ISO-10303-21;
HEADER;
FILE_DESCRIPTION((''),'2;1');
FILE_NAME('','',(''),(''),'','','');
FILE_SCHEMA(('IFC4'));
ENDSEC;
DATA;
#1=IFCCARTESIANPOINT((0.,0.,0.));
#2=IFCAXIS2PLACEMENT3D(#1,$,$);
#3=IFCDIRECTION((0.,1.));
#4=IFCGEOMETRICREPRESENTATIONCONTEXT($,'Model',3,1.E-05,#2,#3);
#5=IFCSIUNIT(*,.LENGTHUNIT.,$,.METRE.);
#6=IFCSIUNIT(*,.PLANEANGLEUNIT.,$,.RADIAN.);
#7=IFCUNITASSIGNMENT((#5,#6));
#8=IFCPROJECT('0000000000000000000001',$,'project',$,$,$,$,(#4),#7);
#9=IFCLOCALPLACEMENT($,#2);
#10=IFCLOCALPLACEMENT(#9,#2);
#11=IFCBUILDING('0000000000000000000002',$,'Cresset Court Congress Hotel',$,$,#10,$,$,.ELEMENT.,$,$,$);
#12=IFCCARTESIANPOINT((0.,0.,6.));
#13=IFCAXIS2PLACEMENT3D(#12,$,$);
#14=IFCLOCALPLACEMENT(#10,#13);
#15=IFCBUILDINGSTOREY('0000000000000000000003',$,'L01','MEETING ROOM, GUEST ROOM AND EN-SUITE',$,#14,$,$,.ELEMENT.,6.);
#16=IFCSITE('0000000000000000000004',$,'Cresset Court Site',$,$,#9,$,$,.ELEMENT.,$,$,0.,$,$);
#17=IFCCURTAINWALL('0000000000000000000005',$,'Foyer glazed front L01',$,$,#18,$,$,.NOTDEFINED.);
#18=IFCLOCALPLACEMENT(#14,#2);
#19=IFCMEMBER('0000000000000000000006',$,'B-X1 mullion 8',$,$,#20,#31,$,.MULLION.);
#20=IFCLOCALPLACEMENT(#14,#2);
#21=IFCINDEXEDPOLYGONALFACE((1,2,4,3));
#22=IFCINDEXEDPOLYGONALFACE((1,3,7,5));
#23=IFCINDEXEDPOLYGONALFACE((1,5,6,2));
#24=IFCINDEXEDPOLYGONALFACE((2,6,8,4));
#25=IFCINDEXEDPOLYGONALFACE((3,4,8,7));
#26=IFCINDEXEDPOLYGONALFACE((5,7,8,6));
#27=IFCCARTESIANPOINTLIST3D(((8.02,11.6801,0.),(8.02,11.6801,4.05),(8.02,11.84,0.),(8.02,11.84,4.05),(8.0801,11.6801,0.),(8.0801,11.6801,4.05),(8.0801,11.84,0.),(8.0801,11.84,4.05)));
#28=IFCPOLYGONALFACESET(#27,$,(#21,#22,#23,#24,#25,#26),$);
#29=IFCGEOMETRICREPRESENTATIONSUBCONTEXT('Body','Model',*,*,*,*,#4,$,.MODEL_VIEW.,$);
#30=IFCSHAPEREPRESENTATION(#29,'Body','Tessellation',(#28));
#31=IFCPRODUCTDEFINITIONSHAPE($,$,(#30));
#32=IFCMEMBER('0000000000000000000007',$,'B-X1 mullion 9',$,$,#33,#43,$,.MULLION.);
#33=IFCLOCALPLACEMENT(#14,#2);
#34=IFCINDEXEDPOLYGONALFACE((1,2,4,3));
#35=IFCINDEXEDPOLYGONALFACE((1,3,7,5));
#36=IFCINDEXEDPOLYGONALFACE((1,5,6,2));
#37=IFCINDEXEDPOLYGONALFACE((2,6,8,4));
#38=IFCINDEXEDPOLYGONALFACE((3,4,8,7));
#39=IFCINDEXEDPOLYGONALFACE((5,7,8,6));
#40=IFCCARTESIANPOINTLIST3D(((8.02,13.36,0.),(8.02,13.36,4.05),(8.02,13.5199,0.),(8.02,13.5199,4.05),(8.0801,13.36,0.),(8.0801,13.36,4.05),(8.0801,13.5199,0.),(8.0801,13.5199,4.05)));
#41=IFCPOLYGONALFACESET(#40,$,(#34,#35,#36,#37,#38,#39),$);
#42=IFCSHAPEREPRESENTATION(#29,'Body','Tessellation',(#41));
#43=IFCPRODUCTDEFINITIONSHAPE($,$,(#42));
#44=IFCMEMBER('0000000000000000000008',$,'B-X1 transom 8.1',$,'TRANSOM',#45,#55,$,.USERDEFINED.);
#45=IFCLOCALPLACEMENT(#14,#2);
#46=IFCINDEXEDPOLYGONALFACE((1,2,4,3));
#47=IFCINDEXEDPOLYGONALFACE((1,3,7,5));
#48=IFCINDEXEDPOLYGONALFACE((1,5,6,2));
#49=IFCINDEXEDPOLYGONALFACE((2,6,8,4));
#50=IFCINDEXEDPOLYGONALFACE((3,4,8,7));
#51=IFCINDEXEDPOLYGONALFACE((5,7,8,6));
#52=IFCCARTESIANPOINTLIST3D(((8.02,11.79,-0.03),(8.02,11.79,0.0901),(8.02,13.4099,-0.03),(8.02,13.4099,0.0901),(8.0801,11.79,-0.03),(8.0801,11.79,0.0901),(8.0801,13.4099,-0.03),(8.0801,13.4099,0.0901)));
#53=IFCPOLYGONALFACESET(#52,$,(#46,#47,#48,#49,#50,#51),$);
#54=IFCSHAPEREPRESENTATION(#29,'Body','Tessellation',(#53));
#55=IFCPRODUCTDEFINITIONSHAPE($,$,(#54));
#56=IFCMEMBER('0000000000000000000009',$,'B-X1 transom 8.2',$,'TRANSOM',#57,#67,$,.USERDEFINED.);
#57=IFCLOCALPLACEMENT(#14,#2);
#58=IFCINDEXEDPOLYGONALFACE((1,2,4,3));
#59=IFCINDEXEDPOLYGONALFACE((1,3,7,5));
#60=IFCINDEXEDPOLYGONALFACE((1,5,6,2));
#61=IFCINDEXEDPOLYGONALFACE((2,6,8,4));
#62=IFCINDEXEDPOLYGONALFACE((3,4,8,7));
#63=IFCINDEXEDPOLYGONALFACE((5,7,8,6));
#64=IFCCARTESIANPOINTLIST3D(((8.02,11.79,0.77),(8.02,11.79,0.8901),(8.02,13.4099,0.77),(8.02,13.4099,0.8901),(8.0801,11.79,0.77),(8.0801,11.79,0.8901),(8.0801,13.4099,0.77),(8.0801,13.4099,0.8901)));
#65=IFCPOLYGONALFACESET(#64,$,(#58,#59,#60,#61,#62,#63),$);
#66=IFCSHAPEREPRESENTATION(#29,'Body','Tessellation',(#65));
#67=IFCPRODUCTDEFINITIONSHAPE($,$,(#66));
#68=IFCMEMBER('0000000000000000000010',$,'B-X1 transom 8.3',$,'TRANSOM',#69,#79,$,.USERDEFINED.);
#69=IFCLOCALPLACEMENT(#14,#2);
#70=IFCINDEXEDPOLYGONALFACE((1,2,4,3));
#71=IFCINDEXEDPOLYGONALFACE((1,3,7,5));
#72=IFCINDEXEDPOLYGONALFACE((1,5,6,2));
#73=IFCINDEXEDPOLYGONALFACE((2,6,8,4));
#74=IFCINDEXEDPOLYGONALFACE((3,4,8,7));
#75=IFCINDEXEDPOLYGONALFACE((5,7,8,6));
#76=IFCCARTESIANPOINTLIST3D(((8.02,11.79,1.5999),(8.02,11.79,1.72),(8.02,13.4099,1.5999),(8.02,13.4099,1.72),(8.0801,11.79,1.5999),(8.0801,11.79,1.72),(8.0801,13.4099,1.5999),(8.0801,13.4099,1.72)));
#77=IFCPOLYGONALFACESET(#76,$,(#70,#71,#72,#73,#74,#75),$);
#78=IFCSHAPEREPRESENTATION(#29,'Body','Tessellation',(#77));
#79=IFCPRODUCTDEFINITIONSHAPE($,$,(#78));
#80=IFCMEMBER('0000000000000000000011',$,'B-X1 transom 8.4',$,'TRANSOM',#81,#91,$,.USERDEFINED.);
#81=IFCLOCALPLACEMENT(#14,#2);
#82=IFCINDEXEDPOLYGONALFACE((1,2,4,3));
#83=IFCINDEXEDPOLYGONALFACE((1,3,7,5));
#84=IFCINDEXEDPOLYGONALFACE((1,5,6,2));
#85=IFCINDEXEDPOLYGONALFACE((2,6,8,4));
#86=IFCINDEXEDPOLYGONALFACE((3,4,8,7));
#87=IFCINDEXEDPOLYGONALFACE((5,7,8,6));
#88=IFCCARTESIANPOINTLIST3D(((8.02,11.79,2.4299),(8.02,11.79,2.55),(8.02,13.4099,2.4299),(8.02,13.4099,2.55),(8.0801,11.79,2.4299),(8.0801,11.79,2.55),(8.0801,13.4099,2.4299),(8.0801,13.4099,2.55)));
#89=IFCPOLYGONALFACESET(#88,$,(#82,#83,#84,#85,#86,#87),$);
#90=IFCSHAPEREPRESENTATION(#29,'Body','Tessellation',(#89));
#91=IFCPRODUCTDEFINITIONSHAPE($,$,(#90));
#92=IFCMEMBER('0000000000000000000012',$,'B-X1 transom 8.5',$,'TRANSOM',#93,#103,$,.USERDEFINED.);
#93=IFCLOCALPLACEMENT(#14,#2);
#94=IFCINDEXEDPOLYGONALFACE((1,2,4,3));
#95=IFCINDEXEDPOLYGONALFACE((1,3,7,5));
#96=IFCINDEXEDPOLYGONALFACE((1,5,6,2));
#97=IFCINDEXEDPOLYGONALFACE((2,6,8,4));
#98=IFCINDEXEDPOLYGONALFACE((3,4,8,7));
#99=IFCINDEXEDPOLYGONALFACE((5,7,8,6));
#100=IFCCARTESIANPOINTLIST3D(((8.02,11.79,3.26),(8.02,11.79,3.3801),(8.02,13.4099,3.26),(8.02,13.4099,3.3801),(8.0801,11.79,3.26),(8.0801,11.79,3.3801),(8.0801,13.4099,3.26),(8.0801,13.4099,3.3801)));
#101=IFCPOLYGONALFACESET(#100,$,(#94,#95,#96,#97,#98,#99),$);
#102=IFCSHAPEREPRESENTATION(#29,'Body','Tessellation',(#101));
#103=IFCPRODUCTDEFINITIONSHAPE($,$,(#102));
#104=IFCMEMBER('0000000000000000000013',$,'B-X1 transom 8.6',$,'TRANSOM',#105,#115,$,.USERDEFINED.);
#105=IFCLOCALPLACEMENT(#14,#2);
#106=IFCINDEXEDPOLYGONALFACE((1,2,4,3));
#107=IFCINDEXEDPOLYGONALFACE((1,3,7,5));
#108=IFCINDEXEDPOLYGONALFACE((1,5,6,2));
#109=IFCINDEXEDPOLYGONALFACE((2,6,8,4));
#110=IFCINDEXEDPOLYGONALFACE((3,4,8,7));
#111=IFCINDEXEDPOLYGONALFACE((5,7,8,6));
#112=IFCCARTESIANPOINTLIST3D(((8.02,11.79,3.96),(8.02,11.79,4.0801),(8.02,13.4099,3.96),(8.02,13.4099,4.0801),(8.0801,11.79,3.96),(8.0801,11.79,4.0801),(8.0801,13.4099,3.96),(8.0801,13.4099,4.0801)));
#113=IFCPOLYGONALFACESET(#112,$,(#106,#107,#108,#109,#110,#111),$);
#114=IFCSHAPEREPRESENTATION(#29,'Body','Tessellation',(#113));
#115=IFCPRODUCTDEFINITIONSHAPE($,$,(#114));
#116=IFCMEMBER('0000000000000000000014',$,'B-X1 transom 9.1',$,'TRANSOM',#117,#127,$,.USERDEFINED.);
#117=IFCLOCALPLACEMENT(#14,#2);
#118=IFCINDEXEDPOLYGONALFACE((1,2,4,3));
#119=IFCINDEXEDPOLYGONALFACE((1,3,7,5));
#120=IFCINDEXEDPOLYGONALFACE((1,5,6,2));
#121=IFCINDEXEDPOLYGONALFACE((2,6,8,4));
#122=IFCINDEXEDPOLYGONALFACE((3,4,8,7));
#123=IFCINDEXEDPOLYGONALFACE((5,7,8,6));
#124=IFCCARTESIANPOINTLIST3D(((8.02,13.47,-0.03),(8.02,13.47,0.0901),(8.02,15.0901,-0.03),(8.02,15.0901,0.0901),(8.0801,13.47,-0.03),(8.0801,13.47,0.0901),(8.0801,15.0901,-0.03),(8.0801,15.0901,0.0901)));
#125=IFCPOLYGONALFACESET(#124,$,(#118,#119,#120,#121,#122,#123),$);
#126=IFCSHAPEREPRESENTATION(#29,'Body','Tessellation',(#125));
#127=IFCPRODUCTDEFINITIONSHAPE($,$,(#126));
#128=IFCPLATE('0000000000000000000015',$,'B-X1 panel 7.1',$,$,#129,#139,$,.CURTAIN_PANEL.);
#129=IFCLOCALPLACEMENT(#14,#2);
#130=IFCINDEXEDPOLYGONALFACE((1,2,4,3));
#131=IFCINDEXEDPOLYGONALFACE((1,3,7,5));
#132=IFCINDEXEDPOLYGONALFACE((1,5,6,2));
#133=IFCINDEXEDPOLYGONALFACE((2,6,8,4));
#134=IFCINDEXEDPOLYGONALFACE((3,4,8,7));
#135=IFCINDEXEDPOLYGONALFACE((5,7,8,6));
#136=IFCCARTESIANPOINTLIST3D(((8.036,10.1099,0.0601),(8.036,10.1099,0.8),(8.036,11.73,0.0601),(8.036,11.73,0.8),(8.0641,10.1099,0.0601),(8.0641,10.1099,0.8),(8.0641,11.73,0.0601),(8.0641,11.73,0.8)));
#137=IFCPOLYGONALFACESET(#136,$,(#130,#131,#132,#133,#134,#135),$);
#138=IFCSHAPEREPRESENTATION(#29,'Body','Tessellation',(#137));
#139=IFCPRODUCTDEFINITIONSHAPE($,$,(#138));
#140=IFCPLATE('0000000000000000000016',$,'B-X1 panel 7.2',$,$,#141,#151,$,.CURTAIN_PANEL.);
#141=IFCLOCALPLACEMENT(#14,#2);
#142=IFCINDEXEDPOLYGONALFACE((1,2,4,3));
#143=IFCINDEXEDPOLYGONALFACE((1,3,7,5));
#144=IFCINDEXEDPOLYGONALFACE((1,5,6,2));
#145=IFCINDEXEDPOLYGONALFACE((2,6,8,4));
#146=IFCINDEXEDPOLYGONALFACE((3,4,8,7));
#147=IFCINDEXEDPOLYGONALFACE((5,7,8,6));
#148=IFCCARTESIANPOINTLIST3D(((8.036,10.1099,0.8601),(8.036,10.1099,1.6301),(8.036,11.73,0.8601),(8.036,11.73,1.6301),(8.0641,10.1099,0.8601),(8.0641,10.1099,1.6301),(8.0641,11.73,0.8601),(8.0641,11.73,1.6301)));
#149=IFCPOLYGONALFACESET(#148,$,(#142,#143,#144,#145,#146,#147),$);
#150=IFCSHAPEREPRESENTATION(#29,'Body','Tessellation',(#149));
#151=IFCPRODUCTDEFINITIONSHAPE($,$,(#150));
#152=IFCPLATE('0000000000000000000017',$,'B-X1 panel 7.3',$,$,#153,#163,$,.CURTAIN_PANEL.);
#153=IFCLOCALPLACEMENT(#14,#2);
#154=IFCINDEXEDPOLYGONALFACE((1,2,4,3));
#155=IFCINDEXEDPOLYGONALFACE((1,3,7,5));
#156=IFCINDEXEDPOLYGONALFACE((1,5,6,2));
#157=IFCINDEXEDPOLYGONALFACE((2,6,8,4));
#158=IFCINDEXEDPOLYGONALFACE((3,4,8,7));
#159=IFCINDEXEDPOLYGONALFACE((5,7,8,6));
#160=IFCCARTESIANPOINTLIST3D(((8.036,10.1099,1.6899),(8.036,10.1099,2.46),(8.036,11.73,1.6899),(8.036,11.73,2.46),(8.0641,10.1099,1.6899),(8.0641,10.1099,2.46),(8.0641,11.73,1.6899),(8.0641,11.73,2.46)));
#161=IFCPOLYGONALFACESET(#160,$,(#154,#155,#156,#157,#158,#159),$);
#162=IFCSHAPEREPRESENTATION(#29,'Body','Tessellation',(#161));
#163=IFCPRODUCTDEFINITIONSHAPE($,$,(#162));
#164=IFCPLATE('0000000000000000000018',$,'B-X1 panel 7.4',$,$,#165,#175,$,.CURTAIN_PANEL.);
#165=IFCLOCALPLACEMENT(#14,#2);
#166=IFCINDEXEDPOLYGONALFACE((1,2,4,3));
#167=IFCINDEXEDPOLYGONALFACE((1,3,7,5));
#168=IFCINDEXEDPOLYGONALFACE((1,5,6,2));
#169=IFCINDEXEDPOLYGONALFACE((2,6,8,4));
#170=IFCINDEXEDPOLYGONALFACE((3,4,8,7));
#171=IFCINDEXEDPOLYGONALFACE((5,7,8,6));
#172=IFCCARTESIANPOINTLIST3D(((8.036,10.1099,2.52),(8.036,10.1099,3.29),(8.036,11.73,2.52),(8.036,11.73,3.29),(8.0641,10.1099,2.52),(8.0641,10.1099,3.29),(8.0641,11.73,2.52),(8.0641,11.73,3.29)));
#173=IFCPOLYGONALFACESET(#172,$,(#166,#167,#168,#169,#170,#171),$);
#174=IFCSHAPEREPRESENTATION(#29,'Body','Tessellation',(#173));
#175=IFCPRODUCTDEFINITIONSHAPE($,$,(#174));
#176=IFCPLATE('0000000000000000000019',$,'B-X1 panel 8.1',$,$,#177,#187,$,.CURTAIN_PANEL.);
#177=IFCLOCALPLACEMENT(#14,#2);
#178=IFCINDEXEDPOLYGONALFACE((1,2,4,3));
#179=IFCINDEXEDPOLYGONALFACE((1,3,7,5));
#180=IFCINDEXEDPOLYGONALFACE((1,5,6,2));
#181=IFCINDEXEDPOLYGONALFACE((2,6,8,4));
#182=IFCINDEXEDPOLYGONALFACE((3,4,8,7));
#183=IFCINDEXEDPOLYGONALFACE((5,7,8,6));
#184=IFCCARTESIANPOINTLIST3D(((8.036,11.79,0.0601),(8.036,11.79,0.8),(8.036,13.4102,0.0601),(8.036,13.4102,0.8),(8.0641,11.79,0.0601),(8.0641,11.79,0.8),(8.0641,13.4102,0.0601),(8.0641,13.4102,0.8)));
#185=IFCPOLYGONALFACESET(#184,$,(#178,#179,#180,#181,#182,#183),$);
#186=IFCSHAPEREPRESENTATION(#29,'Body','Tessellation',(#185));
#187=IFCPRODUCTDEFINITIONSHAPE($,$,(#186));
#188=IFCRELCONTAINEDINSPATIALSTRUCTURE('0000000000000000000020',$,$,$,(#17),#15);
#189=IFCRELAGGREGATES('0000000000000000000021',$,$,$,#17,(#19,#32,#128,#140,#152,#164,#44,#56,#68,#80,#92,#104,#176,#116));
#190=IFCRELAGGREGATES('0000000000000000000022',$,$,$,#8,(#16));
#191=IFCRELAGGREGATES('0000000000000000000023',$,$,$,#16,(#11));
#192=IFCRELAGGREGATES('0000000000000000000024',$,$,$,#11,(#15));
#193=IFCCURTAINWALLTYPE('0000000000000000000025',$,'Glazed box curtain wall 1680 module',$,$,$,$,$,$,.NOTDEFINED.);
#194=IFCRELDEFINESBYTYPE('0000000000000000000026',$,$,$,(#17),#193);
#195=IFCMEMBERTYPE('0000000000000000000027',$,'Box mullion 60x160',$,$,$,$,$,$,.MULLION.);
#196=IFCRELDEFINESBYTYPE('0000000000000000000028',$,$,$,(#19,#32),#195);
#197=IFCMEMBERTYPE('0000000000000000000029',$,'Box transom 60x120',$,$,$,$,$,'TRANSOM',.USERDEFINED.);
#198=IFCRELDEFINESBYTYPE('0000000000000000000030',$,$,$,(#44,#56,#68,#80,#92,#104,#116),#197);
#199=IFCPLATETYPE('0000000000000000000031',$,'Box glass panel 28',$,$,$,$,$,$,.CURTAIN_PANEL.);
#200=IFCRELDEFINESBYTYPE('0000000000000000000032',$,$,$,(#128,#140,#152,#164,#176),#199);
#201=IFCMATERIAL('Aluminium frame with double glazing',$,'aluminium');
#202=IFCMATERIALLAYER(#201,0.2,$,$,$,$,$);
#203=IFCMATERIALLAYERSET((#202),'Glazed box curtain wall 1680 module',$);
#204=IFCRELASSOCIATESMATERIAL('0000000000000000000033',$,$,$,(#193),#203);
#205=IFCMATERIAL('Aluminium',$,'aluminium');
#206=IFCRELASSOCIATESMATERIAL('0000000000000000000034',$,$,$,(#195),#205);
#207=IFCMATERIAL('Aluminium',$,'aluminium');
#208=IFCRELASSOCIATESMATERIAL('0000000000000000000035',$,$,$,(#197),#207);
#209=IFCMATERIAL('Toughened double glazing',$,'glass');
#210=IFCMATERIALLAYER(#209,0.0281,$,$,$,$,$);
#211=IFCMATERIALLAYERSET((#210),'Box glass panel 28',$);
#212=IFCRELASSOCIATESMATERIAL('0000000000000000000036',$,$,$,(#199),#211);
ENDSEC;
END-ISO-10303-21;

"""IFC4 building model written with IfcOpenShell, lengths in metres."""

from ifc_helpers import new_model, si_unit, direction, frame, origin, origin_2d, place, context, subcontext, project, spatial, rectangle, extrude, material, layer, layer_set, material_profile, profile_set, type_object, element, aggregate, save


model = new_model("IFC4")

# Units and contexts
model_context = context("Model", 3, precision=1e-05, world=origin(), true_north=direction((0.0, 1.0)))
body_context = subcontext(model_context, "Body", "Model", "MODEL_VIEW")
ifc_project = project(units=[si_unit("LENGTHUNIT", "METRE"), si_unit("PLANEANGLEUNIT", "RADIAN")], contexts=[model_context])

# Site, building, storey
site_placement = place(None, origin())
site = spatial("IfcSite", under=ifc_project, at=site_placement, Name="Cresset Court Site", CompositionType="ELEMENT", RefElevation=0.0)
building_placement = place(site_placement, origin())
building = spatial("IfcBuilding", under=site, at=building_placement, Name="Cresset Court Congress Hotel", CompositionType="ELEMENT")
storey_placement = place(building_placement, frame((0.0, 0.0, 6.0)))
storey = spatial("IfcBuildingStorey", under=building, at=storey_placement, Name="L01", Description="MEETING ROOM, GUEST ROOM AND EN-SUITE", CompositionType="ELEMENT", Elevation=6.0)

# Curtain wall, members, plates
ifc_material_1 = material(Name="Aluminium frame with double glazing", Category="aluminium")
ifc_layer_1 = layer(ifc_material_1, 0.2)
ifc_layer_set_1 = layer_set([ifc_layer_1], Name="Glazed box curtain wall 1680 module")
curtain_wall_type = type_object("IfcCurtainWallType", Name="Glazed box curtain wall 1680 module", PredefinedType="NOTDEFINED", material=ifc_layer_set_1)
curtain_wall_placement = place(storey_placement, origin())
curtain_wall = element("IfcCurtainWall", 1, at=curtain_wall_placement, inside=storey, type_object=curtain_wall_type, Name="Foyer glazed front L01", PredefinedType="NOTDEFINED")
ifc_material_2 = material(Name="Aluminium", Category="aluminium")
ifc_material_profile_1 = material_profile(ifc_material_2, rectangle(XDim=0.0601, YDim=0.1599, at=origin_2d()), Name="Box mullion 60x160")
ifc_profile_set_1 = profile_set([ifc_material_profile_1], Name="Aluminium")
member_type_1 = type_object("IfcMemberType", Name="Box mullion 60x160", PredefinedType="MULLION", material=ifc_profile_set_1)
member_1_placement = place(storey_placement, frame((8.05, 11.76, 0.0), z_axis=(0.0, 0.0, 1.0), x_axis=(-1.0, 0.0, 0.0)))
member_1 = element("IfcMember", 2, at=member_1_placement, type_object=member_type_1, Name="B-X1 mullion 8", PredefinedType="MULLION", context=body_context, shape_type="SweptSolid", body=[
    extrude(rectangle(XDim=0.0601, YDim=0.1599, at=origin_2d()), origin(), (0.0, 0.0, 1.0), 4.05),
])
member_2_placement = place(storey_placement, frame((8.05, 13.4399, 0.0), z_axis=(0.0, 0.0, 1.0), x_axis=(-1.0, 0.0, 0.0)))
member_2 = element("IfcMember", 3, at=member_2_placement, type_object=member_type_1, Name="B-X1 mullion 9", PredefinedType="MULLION", context=body_context, shape_type="SweptSolid", body=[
    extrude(rectangle(XDim=0.0601, YDim=0.1599, at=origin_2d()), origin(), (0.0, 0.0, 1.0), 4.05),
])
ifc_material_3 = material(Name="Aluminium", Category="aluminium")
ifc_material_profile_2 = material_profile(ifc_material_3, rectangle(XDim=0.0601, YDim=0.1201, at=origin_2d()), Name="Box transom 60x120")
ifc_profile_set_2 = profile_set([ifc_material_profile_2], Name="Aluminium")
member_type_2 = type_object("IfcMemberType", Name="Box transom 60x120", ElementType="TRANSOM", PredefinedType="USERDEFINED", material=ifc_profile_set_2)
member_3_placement = place(storey_placement, frame((8.05, 11.79, 0.03), z_axis=(0.0, 1.0, 0.0), x_axis=(-1.0, 0.0, 0.0)))
member_3 = element("IfcMember", 4, at=member_3_placement, type_object=member_type_2, Name="B-X1 transom 8.1", ObjectType="TRANSOM", PredefinedType="USERDEFINED", context=body_context, shape_type="SweptSolid", body=[
    extrude(rectangle(XDim=0.0601, YDim=0.1201, at=origin_2d()), origin(), (0.0, 0.0, 1.0), 1.6199),
])
member_4_placement = place(storey_placement, frame((8.05, 11.79, 0.8301), z_axis=(0.0, 1.0, 0.0), x_axis=(-1.0, 0.0, 0.0)))
member_4 = element("IfcMember", 5, at=member_4_placement, type_object=member_type_2, Name="B-X1 transom 8.2", ObjectType="TRANSOM", PredefinedType="USERDEFINED", context=body_context, shape_type="SweptSolid", body=[
    extrude(rectangle(XDim=0.0601, YDim=0.1201, at=origin_2d()), origin(), (0.0, 0.0, 1.0), 1.6199),
])
member_5_placement = place(storey_placement, frame((8.05, 11.79, 1.6599), z_axis=(0.0, 1.0, 0.0), x_axis=(-1.0, 0.0, 0.0)))
member_5 = element("IfcMember", 6, at=member_5_placement, type_object=member_type_2, Name="B-X1 transom 8.3", ObjectType="TRANSOM", PredefinedType="USERDEFINED", context=body_context, shape_type="SweptSolid", body=[
    extrude(rectangle(XDim=0.0601, YDim=0.1201, at=origin_2d()), origin(), (0.0, 0.0, 1.0), 1.6199),
])
member_6_placement = place(storey_placement, frame((8.05, 11.79, 2.49), z_axis=(0.0, 1.0, 0.0), x_axis=(-1.0, 0.0, 0.0)))
member_6 = element("IfcMember", 7, at=member_6_placement, type_object=member_type_2, Name="B-X1 transom 8.4", ObjectType="TRANSOM", PredefinedType="USERDEFINED", context=body_context, shape_type="SweptSolid", body=[
    extrude(rectangle(XDim=0.0601, YDim=0.1201, at=origin_2d()), origin(), (0.0, 0.0, 1.0), 1.6199),
])
member_7_placement = place(storey_placement, frame((8.05, 11.79, 3.3201), z_axis=(0.0, 1.0, 0.0), x_axis=(-1.0, 0.0, 0.0)))
member_7 = element("IfcMember", 8, at=member_7_placement, type_object=member_type_2, Name="B-X1 transom 8.5", ObjectType="TRANSOM", PredefinedType="USERDEFINED", context=body_context, shape_type="SweptSolid", body=[
    extrude(rectangle(XDim=0.0601, YDim=0.1201, at=origin_2d()), origin(), (0.0, 0.0, 1.0), 1.6199),
])
member_8_placement = place(storey_placement, frame((8.05, 11.79, 4.02), z_axis=(0.0, 1.0, 0.0), x_axis=(-1.0, 0.0, 0.0)))
member_8 = element("IfcMember", 9, at=member_8_placement, type_object=member_type_2, Name="B-X1 transom 8.6", ObjectType="TRANSOM", PredefinedType="USERDEFINED", context=body_context, shape_type="SweptSolid", body=[
    extrude(rectangle(XDim=0.0601, YDim=0.1201, at=origin_2d()), origin(), (0.0, 0.0, 1.0), 1.6199),
])
member_9_placement = place(storey_placement, frame((8.05, 13.47, 0.03), z_axis=(0.0, 1.0, 0.0), x_axis=(-1.0, 0.0, 0.0)))
member_9 = element("IfcMember", 10, at=member_9_placement, type_object=member_type_2, Name="B-X1 transom 9.1", ObjectType="TRANSOM", PredefinedType="USERDEFINED", context=body_context, shape_type="SweptSolid", body=[
    extrude(rectangle(XDim=0.0601, YDim=0.1201, at=origin_2d()), origin(), (0.0, 0.0, 1.0), 1.6201),
])
ifc_material_4 = material(Name="Toughened double glazing", Category="glass")
ifc_layer_2 = layer(ifc_material_4, 0.0281)
ifc_layer_set_2 = layer_set([ifc_layer_2], Name="Box glass panel 28")
plate_type_1 = type_object("IfcPlateType", Name="Box glass panel 28", PredefinedType="CURTAIN_PANEL", material=ifc_layer_set_2)
plate_1_placement = place(storey_placement, frame((8.05, 10.9199, 0.0601), z_axis=(0.0, 0.0, 1.0), x_axis=(0.0, 1.0, 0.0)))
plate_1 = element("IfcPlate", 11, at=plate_1_placement, type_object=plate_type_1, Name="B-X1 panel 7.1", PredefinedType="CURTAIN_PANEL", context=body_context, shape_type="SweptSolid", body=[
    extrude(rectangle(XDim=1.6201, YDim=0.0281, at=origin_2d()), origin(), (0.0, 0.0, 1.0), 0.74),
])
plate_2_placement = place(storey_placement, frame((8.05, 10.9199, 0.8601), z_axis=(0.0, 0.0, 1.0), x_axis=(0.0, 1.0, 0.0)))
plate_2 = element("IfcPlate", 12, at=plate_2_placement, type_object=plate_type_1, Name="B-X1 panel 7.2", PredefinedType="CURTAIN_PANEL", context=body_context, shape_type="SweptSolid", body=[
    extrude(rectangle(XDim=1.6201, YDim=0.0281, at=origin_2d()), origin(), (0.0, 0.0, 1.0), 0.77),
])
plate_3_placement = place(storey_placement, frame((8.05, 10.9199, 1.6899), z_axis=(0.0, 0.0, 1.0), x_axis=(0.0, 1.0, 0.0)))
plate_3 = element("IfcPlate", 13, at=plate_3_placement, type_object=plate_type_1, Name="B-X1 panel 7.3", PredefinedType="CURTAIN_PANEL", context=body_context, shape_type="SweptSolid", body=[
    extrude(rectangle(XDim=1.6201, YDim=0.0281, at=origin_2d()), origin(), (0.0, 0.0, 1.0), 0.77),
])
plate_4_placement = place(storey_placement, frame((8.05, 10.9199, 2.52), z_axis=(0.0, 0.0, 1.0), x_axis=(0.0, 1.0, 0.0)))
plate_4 = element("IfcPlate", 14, at=plate_4_placement, type_object=plate_type_1, Name="B-X1 panel 7.4", PredefinedType="CURTAIN_PANEL", context=body_context, shape_type="SweptSolid", body=[
    extrude(rectangle(XDim=1.6201, YDim=0.0281, at=origin_2d()), origin(), (0.0, 0.0, 1.0), 0.77),
])
plate_5_placement = place(storey_placement, frame((8.05, 12.6001, 0.0601), z_axis=(0.0, 0.0, 1.0), x_axis=(0.0, 1.0, 0.0)))
plate_5 = element("IfcPlate", 15, at=plate_5_placement, type_object=plate_type_1, Name="B-X1 panel 8.1", PredefinedType="CURTAIN_PANEL", context=body_context, shape_type="SweptSolid", body=[
    extrude(rectangle(XDim=1.6201, YDim=0.0281, at=origin_2d()), origin(), (0.0, 0.0, 1.0), 0.74),
])
aggregate(curtain_wall, [member_1, member_2, plate_1, plate_2, plate_3, plate_4, member_3, member_4, member_5, member_6, member_7, member_8, plate_5, member_9])

save(model, "model.ifc")
